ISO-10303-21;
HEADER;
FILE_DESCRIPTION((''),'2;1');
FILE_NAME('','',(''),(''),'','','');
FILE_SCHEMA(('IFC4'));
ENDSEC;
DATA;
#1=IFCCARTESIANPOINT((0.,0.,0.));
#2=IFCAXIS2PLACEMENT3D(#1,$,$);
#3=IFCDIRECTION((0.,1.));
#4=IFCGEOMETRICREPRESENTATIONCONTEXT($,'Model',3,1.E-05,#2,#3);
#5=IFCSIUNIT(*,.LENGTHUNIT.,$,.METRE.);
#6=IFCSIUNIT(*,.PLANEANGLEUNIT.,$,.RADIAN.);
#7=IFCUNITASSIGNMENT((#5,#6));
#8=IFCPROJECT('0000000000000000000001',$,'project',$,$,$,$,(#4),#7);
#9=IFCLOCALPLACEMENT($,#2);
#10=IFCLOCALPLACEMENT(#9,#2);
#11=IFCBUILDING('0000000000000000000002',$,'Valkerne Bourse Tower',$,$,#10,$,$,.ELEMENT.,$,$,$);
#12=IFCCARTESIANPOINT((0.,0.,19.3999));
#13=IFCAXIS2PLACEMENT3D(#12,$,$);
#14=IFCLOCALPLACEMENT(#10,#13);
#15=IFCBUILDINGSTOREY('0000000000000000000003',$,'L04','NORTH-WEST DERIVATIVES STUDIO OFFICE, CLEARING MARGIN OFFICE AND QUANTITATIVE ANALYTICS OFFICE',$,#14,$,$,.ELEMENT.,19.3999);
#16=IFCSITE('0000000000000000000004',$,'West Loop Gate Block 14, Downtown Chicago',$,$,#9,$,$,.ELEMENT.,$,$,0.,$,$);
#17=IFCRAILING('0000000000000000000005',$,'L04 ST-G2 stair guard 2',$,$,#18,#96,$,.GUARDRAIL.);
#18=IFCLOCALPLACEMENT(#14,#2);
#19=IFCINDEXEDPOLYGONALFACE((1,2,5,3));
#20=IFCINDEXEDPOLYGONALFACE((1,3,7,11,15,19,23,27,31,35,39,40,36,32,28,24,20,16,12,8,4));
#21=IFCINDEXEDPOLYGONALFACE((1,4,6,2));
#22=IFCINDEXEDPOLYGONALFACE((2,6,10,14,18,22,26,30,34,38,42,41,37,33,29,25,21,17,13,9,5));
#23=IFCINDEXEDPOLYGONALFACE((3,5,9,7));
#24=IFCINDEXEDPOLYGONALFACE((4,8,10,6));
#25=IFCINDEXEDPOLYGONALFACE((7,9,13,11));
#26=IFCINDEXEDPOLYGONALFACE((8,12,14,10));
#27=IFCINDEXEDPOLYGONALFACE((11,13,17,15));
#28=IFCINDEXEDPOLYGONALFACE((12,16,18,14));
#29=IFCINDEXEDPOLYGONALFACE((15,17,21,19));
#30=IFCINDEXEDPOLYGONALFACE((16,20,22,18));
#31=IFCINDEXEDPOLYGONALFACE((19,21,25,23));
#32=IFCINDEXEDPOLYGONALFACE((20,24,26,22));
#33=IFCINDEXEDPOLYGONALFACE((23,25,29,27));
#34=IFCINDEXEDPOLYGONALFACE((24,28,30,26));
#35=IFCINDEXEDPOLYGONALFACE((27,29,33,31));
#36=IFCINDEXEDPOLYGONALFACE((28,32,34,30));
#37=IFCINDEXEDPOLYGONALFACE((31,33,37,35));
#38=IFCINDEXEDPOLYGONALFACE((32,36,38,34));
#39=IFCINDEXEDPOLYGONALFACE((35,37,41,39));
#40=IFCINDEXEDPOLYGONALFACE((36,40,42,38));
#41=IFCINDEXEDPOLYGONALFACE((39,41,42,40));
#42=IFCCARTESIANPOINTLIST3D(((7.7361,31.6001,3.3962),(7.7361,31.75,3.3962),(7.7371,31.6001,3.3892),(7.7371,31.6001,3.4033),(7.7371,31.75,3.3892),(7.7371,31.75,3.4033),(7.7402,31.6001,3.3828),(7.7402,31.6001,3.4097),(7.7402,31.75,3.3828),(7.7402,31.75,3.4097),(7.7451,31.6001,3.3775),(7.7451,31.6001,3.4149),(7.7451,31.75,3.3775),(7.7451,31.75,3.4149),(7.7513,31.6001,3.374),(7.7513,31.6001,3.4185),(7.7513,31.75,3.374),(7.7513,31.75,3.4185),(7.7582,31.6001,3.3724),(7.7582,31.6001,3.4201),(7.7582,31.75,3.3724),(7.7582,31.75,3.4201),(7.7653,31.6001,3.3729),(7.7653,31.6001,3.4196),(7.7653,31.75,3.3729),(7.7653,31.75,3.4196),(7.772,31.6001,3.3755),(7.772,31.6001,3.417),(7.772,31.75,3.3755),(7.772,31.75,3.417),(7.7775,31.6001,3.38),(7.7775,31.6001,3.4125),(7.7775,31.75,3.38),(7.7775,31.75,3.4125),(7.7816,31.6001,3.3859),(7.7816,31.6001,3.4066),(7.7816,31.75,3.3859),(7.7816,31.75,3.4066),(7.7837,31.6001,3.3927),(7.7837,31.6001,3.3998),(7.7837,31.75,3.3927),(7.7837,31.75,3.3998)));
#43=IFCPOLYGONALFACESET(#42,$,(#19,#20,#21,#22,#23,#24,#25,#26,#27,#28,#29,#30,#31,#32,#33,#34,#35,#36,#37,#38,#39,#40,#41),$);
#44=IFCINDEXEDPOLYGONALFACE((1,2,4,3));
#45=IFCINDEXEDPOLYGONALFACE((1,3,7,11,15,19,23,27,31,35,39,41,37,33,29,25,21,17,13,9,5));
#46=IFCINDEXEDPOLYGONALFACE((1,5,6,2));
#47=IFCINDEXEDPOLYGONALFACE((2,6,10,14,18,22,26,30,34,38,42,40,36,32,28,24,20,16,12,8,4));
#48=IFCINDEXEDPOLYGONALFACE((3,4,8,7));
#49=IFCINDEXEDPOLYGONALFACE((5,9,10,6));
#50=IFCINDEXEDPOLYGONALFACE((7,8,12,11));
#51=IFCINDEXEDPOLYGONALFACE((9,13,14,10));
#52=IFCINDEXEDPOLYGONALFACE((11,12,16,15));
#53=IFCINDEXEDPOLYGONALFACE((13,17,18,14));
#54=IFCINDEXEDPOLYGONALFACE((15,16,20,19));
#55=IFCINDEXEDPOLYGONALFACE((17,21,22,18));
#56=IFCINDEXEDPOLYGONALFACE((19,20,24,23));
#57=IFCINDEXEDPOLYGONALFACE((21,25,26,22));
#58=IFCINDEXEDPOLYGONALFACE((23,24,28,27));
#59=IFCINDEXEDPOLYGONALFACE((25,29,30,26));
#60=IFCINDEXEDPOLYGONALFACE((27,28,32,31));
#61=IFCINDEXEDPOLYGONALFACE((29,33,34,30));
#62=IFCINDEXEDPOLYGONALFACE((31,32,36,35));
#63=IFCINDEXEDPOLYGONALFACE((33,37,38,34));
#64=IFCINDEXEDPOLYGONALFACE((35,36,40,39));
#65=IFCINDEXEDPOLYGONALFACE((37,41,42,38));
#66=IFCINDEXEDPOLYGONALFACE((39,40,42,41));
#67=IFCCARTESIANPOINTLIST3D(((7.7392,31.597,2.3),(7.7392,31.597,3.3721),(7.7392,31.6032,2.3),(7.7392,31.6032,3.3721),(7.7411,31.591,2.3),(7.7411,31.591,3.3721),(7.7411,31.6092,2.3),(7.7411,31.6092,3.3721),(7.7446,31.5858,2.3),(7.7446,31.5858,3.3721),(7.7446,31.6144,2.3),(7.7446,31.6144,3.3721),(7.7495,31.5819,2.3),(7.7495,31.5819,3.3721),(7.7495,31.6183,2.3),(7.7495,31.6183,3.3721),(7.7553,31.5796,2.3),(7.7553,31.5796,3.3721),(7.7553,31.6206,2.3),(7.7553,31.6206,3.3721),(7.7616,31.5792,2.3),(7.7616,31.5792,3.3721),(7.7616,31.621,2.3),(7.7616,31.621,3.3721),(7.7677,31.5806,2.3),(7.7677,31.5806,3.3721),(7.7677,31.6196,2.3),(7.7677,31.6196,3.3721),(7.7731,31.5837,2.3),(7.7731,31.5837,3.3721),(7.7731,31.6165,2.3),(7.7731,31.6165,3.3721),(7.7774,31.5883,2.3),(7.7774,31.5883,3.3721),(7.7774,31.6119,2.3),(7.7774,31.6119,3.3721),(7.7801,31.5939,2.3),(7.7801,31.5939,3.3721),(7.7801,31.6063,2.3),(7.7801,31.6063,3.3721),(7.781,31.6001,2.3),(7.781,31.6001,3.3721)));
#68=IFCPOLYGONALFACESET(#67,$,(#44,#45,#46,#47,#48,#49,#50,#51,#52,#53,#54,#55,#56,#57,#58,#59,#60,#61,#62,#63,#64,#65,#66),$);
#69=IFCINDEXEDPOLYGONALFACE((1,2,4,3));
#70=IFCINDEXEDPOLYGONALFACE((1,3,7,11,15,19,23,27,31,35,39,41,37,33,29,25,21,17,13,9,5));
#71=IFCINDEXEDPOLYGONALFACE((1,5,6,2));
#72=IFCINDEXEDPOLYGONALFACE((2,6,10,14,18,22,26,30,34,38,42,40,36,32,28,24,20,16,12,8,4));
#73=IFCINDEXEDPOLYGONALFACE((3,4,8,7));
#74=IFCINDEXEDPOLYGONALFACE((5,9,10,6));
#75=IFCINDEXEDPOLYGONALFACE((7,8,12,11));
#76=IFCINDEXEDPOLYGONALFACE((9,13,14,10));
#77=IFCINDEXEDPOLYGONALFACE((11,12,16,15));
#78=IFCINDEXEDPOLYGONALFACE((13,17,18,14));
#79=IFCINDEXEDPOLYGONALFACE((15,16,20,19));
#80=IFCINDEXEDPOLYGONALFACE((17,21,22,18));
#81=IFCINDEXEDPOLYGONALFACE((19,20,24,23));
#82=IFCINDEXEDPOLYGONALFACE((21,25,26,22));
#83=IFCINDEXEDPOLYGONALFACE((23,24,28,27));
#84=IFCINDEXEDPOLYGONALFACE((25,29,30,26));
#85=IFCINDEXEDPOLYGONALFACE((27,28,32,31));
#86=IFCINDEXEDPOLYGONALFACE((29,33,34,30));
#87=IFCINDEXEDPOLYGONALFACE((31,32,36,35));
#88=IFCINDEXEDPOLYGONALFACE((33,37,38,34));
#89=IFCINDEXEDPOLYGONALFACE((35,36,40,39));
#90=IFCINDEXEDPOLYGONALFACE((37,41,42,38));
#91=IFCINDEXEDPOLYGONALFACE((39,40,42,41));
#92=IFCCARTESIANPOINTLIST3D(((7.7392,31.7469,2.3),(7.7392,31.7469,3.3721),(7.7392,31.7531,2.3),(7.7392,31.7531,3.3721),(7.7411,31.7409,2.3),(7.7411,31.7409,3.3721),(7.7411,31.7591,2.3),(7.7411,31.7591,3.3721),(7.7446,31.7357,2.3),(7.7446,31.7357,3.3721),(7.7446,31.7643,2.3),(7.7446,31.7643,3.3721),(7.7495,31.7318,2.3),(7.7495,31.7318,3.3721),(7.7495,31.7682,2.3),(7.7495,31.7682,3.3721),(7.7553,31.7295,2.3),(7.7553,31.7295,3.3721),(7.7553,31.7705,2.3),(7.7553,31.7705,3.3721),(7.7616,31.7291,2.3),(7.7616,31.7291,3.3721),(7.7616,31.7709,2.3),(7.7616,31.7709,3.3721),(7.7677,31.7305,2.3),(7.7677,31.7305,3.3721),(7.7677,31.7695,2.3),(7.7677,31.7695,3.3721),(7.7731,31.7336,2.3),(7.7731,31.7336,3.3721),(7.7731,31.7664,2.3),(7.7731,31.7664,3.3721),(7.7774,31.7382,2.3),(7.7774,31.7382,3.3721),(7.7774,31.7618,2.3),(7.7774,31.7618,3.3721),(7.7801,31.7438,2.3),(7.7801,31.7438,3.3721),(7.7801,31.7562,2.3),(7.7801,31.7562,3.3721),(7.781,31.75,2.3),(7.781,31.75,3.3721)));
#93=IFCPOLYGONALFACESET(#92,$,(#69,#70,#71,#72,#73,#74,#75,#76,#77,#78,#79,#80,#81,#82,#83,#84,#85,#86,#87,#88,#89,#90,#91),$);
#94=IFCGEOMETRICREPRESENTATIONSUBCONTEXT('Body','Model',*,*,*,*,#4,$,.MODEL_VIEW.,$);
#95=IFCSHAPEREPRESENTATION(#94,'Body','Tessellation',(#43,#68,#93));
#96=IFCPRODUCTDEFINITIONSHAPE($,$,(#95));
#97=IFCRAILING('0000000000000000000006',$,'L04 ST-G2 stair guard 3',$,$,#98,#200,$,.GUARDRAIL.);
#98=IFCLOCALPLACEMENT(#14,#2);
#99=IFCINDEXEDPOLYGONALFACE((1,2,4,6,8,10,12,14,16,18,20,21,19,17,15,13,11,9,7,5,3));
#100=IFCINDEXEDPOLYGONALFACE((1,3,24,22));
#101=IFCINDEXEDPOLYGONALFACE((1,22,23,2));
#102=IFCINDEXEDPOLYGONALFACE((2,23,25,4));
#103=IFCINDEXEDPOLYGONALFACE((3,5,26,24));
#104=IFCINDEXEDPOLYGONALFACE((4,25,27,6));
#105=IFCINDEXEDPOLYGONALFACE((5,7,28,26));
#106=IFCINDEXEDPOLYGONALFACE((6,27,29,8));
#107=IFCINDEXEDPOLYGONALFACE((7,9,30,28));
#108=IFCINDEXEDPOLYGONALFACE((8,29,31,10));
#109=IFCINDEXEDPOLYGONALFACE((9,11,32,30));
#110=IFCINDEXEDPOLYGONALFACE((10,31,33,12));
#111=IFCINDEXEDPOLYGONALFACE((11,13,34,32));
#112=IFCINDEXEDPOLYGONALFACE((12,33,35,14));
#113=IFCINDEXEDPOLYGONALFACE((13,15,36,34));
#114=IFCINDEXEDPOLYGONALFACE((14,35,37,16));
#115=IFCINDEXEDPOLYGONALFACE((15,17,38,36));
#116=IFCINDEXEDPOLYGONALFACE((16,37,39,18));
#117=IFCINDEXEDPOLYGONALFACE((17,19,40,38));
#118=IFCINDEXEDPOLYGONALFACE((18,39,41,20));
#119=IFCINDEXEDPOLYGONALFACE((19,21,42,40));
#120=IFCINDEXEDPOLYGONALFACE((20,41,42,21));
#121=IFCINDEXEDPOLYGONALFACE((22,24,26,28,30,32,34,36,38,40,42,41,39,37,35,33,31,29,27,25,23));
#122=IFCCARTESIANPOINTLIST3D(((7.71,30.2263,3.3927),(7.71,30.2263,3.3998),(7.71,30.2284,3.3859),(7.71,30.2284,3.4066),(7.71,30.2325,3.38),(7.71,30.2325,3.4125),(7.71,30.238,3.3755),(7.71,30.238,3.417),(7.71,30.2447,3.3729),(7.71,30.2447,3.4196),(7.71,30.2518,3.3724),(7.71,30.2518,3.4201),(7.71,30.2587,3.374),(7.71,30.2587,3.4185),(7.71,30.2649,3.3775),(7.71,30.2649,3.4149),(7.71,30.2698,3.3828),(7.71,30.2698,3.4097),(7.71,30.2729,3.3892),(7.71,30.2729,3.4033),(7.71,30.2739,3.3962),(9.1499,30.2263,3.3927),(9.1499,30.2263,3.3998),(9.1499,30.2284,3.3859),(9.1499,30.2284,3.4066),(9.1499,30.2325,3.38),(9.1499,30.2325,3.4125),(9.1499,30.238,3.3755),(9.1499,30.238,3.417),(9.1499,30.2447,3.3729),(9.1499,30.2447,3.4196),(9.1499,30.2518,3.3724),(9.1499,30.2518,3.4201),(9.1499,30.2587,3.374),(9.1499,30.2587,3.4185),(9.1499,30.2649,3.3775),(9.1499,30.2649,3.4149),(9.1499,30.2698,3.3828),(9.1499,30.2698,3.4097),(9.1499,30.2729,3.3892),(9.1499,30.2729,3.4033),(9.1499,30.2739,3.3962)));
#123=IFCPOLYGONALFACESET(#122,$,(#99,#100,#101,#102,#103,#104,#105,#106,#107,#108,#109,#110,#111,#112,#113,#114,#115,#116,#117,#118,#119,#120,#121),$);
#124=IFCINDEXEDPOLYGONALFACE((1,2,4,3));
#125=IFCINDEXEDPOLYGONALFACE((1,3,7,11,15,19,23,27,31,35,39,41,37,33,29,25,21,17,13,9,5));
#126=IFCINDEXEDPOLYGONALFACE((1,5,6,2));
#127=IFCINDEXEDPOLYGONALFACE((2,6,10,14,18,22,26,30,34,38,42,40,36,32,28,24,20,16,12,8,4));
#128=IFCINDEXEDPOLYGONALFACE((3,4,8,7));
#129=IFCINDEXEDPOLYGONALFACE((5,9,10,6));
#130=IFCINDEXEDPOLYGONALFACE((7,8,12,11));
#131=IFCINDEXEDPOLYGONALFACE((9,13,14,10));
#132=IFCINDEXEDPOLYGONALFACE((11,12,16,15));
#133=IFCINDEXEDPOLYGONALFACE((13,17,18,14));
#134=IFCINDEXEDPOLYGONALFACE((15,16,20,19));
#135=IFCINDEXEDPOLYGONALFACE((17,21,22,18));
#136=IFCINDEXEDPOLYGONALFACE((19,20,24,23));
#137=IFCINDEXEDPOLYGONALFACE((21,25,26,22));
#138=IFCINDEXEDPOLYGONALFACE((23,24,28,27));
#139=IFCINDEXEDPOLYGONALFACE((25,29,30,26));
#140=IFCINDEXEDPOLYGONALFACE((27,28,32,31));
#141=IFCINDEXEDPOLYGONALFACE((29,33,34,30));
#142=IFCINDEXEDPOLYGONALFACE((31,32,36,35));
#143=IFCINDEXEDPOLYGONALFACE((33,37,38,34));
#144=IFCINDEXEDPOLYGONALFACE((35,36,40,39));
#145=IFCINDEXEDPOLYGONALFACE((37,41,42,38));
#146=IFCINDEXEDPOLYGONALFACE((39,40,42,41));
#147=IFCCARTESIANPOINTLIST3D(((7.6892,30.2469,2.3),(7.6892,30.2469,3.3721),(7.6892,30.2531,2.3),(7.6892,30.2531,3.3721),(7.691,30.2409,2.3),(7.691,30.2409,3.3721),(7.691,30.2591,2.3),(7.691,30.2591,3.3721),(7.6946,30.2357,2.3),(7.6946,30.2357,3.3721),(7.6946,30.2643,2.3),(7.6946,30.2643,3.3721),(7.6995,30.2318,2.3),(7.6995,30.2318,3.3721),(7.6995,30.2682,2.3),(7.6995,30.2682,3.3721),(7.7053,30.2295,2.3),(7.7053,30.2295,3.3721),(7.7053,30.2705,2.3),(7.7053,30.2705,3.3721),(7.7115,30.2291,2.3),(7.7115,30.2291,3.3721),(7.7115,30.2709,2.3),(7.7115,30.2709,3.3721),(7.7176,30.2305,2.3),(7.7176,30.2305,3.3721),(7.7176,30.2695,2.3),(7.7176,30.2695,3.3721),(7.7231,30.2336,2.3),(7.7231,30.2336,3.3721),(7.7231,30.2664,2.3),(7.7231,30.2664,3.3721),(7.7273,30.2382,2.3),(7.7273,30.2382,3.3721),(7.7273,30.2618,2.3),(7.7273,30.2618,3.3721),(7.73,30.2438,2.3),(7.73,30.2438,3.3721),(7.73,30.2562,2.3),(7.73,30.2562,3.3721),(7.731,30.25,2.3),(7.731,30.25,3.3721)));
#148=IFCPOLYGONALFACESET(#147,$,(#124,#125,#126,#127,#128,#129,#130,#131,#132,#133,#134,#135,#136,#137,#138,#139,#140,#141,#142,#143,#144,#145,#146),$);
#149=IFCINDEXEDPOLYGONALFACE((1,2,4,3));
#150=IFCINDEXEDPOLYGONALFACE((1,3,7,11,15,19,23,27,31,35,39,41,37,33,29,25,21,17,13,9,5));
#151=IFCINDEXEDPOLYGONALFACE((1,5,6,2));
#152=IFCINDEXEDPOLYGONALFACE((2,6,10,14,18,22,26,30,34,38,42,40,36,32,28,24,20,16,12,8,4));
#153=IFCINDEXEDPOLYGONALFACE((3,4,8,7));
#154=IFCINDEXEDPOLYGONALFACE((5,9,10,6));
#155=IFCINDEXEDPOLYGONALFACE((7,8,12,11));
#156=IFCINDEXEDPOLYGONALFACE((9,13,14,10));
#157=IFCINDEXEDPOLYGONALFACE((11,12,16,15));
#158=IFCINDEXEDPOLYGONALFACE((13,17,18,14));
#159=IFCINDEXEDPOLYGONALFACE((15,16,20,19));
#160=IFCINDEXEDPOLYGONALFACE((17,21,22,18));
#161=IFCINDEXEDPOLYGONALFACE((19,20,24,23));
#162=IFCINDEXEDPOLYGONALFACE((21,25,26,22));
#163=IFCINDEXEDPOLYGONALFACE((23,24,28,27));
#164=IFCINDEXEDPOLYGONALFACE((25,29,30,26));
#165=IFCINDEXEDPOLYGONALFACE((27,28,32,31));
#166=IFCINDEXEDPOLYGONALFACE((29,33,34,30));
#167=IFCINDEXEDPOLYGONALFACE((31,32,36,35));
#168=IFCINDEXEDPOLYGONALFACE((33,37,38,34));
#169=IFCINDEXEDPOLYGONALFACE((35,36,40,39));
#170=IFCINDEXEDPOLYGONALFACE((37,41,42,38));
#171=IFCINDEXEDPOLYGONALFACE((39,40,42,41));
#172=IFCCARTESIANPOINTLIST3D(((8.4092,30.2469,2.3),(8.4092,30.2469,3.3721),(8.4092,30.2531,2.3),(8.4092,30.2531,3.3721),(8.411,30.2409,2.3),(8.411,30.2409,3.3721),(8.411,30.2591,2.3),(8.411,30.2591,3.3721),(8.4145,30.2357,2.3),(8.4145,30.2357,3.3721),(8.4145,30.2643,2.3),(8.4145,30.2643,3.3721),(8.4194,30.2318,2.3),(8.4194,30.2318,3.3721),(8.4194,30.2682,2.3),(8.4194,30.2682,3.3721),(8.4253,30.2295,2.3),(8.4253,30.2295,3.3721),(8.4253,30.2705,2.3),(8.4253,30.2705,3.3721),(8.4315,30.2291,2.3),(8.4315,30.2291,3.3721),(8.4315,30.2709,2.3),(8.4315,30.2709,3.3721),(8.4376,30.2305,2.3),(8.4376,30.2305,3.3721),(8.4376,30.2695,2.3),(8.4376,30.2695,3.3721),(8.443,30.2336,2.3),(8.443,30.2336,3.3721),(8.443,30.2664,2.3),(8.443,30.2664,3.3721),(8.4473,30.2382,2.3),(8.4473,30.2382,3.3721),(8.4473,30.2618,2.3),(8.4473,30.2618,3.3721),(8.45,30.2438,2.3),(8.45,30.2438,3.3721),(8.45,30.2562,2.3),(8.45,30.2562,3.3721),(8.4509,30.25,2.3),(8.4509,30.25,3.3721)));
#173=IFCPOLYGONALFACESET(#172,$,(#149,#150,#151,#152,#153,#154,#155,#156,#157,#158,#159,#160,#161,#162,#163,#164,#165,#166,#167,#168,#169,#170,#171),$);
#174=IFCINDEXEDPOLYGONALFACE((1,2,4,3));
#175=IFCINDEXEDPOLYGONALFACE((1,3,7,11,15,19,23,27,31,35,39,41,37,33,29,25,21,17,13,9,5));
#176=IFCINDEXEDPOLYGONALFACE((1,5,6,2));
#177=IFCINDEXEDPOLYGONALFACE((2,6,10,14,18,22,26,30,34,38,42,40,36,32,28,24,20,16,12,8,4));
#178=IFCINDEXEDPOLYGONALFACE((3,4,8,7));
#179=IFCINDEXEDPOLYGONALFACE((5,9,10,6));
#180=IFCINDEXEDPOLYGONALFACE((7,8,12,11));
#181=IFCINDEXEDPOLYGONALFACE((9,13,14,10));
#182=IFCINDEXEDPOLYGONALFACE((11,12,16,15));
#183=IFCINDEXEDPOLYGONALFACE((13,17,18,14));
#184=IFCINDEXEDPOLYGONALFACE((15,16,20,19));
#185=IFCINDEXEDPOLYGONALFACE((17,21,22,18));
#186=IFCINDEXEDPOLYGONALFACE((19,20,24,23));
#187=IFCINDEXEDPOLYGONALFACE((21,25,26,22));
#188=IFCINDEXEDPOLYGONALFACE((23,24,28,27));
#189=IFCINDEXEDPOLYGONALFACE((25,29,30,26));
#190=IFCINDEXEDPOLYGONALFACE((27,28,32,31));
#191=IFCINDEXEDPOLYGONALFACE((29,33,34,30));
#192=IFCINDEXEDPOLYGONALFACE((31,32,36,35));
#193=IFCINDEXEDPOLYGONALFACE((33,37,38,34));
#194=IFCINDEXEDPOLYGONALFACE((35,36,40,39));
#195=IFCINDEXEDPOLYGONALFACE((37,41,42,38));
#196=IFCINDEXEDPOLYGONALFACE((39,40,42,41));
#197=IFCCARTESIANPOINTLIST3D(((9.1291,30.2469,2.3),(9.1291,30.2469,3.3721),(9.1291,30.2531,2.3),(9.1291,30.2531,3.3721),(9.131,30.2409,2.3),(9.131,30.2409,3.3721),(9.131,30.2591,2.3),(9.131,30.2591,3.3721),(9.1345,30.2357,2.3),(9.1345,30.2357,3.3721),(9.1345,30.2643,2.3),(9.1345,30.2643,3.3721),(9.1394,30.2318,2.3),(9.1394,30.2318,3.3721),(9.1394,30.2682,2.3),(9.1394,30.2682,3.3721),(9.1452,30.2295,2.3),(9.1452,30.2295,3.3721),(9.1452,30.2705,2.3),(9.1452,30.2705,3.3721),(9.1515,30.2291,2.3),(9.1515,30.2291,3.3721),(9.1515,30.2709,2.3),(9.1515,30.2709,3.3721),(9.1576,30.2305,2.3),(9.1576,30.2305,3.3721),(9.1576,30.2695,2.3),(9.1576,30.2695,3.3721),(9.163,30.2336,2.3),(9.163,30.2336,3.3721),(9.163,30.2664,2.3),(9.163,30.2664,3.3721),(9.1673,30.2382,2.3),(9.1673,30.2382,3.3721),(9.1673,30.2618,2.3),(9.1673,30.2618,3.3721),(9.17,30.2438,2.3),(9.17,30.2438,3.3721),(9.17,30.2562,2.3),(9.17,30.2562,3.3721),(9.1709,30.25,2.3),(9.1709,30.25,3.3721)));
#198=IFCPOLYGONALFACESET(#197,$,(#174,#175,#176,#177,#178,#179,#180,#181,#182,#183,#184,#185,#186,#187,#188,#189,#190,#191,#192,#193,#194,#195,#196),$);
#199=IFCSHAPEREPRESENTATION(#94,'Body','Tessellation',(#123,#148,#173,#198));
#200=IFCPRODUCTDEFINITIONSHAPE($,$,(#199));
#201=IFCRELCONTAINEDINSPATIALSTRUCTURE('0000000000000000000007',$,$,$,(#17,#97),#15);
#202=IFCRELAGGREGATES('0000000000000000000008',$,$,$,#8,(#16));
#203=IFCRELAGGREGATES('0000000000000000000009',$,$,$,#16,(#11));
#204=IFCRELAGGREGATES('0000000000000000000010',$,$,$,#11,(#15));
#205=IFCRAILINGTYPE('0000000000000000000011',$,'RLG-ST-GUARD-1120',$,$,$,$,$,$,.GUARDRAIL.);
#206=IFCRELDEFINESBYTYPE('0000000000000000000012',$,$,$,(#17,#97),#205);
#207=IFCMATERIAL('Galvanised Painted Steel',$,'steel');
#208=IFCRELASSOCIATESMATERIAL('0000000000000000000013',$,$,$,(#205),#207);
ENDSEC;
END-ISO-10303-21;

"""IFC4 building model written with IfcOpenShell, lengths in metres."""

from ifc_helpers import new_model, si_unit, direction, frame, origin, origin_2d, place, context, subcontext, project, spatial, circle, extrude, material, type_object, element, save


model = new_model("IFC4")

# Units and contexts
model_context = context("Model", 3, precision=1e-05, world=origin(), true_north=direction((0.0, 1.0)))
body_context = subcontext(model_context, "Body", "Model", "MODEL_VIEW")
ifc_project = project(units=[si_unit("LENGTHUNIT", "METRE"), si_unit("PLANEANGLEUNIT", "RADIAN")], contexts=[model_context])

# Site, building, storey
site_placement = place(None, origin())
site = spatial("IfcSite", under=ifc_project, at=site_placement, Name="West Loop Gate Block 14, Downtown Chicago", CompositionType="ELEMENT", RefElevation=0.0)
building_placement = place(site_placement, origin())
building = spatial("IfcBuilding", under=site, at=building_placement, Name="Valkerne Bourse Tower", CompositionType="ELEMENT")
storey_placement = place(building_placement, frame((0.0, 0.0, 19.3999)))
storey = spatial("IfcBuildingStorey", under=building, at=storey_placement, Name="L04", Description="NORTH-WEST DERIVATIVES STUDIO OFFICE, CLEARING MARGIN OFFICE AND QUANTITATIVE ANALYTICS OFFICE", CompositionType="ELEMENT", Elevation=19.3999)

# Shared definitions
ifc_material_1 = material(Name="Galvanised Painted Steel", Category="steel")

# Railings
railing_type_1 = type_object("IfcRailingType", Name="RLG-ST-GUARD-1120", PredefinedType="GUARDRAIL", material=ifc_material_1)
railing_1_placement = place(storey_placement, frame((7.76, 31.6001, 2.3)))
element("IfcRailing", 1, at=railing_1_placement, inside=storey, type_object=railing_type_1, Name="L04 ST-G2 stair guard 2", PredefinedType="GUARDRAIL", context=body_context, shape_type="SweptSolid", body=[
    extrude(circle(Radius=0.0239, at=origin_2d()), frame((0.0, 0.0, 1.0962), z_axis=(0.0, 1.0, 0.0), x_axis=(-1.0, 0.0, 0.0)), (0.0, 0.0, 1.0), 0.1499),
    extrude(circle(Radius=0.021, at=origin_2d()), origin(), (0.0, 0.0, 1.0), 1.072),
    extrude(circle(Radius=0.021, at=origin_2d()), frame((0.0, 0.1499, 0.0)), (0.0, 0.0, 1.0), 1.072),
])
for number, where, name in (
    (2, (7.71, 30.25, 2.3), "L04 ST-G2 stair guard 3"),
):
    element("IfcRailing", number, at=place(storey_placement, frame(where)), inside=storey, type_object=railing_type_1, Name=name, PredefinedType="GUARDRAIL", context=body_context, shape_type="SweptSolid", body=[
        extrude(circle(Radius=0.0239, at=origin_2d()), frame((0.0, 0.0, 1.0962), z_axis=(1.0, 0.0, 0.0), x_axis=(0.0, 1.0, 0.0)), (0.0, 0.0, 1.0), 1.4399),
        extrude(circle(Radius=0.021, at=origin_2d()), origin(), (0.0, 0.0, 1.0), 1.072),
        extrude(circle(Radius=0.021, at=origin_2d()), frame((0.72, 0.0, 0.0)), (0.0, 0.0, 1.0), 1.072),
        extrude(circle(Radius=0.021, at=origin_2d()), frame((1.4399, 0.0, 0.0)), (0.0, 0.0, 1.0), 1.072),
    ])

save(model, "model.ifc")
